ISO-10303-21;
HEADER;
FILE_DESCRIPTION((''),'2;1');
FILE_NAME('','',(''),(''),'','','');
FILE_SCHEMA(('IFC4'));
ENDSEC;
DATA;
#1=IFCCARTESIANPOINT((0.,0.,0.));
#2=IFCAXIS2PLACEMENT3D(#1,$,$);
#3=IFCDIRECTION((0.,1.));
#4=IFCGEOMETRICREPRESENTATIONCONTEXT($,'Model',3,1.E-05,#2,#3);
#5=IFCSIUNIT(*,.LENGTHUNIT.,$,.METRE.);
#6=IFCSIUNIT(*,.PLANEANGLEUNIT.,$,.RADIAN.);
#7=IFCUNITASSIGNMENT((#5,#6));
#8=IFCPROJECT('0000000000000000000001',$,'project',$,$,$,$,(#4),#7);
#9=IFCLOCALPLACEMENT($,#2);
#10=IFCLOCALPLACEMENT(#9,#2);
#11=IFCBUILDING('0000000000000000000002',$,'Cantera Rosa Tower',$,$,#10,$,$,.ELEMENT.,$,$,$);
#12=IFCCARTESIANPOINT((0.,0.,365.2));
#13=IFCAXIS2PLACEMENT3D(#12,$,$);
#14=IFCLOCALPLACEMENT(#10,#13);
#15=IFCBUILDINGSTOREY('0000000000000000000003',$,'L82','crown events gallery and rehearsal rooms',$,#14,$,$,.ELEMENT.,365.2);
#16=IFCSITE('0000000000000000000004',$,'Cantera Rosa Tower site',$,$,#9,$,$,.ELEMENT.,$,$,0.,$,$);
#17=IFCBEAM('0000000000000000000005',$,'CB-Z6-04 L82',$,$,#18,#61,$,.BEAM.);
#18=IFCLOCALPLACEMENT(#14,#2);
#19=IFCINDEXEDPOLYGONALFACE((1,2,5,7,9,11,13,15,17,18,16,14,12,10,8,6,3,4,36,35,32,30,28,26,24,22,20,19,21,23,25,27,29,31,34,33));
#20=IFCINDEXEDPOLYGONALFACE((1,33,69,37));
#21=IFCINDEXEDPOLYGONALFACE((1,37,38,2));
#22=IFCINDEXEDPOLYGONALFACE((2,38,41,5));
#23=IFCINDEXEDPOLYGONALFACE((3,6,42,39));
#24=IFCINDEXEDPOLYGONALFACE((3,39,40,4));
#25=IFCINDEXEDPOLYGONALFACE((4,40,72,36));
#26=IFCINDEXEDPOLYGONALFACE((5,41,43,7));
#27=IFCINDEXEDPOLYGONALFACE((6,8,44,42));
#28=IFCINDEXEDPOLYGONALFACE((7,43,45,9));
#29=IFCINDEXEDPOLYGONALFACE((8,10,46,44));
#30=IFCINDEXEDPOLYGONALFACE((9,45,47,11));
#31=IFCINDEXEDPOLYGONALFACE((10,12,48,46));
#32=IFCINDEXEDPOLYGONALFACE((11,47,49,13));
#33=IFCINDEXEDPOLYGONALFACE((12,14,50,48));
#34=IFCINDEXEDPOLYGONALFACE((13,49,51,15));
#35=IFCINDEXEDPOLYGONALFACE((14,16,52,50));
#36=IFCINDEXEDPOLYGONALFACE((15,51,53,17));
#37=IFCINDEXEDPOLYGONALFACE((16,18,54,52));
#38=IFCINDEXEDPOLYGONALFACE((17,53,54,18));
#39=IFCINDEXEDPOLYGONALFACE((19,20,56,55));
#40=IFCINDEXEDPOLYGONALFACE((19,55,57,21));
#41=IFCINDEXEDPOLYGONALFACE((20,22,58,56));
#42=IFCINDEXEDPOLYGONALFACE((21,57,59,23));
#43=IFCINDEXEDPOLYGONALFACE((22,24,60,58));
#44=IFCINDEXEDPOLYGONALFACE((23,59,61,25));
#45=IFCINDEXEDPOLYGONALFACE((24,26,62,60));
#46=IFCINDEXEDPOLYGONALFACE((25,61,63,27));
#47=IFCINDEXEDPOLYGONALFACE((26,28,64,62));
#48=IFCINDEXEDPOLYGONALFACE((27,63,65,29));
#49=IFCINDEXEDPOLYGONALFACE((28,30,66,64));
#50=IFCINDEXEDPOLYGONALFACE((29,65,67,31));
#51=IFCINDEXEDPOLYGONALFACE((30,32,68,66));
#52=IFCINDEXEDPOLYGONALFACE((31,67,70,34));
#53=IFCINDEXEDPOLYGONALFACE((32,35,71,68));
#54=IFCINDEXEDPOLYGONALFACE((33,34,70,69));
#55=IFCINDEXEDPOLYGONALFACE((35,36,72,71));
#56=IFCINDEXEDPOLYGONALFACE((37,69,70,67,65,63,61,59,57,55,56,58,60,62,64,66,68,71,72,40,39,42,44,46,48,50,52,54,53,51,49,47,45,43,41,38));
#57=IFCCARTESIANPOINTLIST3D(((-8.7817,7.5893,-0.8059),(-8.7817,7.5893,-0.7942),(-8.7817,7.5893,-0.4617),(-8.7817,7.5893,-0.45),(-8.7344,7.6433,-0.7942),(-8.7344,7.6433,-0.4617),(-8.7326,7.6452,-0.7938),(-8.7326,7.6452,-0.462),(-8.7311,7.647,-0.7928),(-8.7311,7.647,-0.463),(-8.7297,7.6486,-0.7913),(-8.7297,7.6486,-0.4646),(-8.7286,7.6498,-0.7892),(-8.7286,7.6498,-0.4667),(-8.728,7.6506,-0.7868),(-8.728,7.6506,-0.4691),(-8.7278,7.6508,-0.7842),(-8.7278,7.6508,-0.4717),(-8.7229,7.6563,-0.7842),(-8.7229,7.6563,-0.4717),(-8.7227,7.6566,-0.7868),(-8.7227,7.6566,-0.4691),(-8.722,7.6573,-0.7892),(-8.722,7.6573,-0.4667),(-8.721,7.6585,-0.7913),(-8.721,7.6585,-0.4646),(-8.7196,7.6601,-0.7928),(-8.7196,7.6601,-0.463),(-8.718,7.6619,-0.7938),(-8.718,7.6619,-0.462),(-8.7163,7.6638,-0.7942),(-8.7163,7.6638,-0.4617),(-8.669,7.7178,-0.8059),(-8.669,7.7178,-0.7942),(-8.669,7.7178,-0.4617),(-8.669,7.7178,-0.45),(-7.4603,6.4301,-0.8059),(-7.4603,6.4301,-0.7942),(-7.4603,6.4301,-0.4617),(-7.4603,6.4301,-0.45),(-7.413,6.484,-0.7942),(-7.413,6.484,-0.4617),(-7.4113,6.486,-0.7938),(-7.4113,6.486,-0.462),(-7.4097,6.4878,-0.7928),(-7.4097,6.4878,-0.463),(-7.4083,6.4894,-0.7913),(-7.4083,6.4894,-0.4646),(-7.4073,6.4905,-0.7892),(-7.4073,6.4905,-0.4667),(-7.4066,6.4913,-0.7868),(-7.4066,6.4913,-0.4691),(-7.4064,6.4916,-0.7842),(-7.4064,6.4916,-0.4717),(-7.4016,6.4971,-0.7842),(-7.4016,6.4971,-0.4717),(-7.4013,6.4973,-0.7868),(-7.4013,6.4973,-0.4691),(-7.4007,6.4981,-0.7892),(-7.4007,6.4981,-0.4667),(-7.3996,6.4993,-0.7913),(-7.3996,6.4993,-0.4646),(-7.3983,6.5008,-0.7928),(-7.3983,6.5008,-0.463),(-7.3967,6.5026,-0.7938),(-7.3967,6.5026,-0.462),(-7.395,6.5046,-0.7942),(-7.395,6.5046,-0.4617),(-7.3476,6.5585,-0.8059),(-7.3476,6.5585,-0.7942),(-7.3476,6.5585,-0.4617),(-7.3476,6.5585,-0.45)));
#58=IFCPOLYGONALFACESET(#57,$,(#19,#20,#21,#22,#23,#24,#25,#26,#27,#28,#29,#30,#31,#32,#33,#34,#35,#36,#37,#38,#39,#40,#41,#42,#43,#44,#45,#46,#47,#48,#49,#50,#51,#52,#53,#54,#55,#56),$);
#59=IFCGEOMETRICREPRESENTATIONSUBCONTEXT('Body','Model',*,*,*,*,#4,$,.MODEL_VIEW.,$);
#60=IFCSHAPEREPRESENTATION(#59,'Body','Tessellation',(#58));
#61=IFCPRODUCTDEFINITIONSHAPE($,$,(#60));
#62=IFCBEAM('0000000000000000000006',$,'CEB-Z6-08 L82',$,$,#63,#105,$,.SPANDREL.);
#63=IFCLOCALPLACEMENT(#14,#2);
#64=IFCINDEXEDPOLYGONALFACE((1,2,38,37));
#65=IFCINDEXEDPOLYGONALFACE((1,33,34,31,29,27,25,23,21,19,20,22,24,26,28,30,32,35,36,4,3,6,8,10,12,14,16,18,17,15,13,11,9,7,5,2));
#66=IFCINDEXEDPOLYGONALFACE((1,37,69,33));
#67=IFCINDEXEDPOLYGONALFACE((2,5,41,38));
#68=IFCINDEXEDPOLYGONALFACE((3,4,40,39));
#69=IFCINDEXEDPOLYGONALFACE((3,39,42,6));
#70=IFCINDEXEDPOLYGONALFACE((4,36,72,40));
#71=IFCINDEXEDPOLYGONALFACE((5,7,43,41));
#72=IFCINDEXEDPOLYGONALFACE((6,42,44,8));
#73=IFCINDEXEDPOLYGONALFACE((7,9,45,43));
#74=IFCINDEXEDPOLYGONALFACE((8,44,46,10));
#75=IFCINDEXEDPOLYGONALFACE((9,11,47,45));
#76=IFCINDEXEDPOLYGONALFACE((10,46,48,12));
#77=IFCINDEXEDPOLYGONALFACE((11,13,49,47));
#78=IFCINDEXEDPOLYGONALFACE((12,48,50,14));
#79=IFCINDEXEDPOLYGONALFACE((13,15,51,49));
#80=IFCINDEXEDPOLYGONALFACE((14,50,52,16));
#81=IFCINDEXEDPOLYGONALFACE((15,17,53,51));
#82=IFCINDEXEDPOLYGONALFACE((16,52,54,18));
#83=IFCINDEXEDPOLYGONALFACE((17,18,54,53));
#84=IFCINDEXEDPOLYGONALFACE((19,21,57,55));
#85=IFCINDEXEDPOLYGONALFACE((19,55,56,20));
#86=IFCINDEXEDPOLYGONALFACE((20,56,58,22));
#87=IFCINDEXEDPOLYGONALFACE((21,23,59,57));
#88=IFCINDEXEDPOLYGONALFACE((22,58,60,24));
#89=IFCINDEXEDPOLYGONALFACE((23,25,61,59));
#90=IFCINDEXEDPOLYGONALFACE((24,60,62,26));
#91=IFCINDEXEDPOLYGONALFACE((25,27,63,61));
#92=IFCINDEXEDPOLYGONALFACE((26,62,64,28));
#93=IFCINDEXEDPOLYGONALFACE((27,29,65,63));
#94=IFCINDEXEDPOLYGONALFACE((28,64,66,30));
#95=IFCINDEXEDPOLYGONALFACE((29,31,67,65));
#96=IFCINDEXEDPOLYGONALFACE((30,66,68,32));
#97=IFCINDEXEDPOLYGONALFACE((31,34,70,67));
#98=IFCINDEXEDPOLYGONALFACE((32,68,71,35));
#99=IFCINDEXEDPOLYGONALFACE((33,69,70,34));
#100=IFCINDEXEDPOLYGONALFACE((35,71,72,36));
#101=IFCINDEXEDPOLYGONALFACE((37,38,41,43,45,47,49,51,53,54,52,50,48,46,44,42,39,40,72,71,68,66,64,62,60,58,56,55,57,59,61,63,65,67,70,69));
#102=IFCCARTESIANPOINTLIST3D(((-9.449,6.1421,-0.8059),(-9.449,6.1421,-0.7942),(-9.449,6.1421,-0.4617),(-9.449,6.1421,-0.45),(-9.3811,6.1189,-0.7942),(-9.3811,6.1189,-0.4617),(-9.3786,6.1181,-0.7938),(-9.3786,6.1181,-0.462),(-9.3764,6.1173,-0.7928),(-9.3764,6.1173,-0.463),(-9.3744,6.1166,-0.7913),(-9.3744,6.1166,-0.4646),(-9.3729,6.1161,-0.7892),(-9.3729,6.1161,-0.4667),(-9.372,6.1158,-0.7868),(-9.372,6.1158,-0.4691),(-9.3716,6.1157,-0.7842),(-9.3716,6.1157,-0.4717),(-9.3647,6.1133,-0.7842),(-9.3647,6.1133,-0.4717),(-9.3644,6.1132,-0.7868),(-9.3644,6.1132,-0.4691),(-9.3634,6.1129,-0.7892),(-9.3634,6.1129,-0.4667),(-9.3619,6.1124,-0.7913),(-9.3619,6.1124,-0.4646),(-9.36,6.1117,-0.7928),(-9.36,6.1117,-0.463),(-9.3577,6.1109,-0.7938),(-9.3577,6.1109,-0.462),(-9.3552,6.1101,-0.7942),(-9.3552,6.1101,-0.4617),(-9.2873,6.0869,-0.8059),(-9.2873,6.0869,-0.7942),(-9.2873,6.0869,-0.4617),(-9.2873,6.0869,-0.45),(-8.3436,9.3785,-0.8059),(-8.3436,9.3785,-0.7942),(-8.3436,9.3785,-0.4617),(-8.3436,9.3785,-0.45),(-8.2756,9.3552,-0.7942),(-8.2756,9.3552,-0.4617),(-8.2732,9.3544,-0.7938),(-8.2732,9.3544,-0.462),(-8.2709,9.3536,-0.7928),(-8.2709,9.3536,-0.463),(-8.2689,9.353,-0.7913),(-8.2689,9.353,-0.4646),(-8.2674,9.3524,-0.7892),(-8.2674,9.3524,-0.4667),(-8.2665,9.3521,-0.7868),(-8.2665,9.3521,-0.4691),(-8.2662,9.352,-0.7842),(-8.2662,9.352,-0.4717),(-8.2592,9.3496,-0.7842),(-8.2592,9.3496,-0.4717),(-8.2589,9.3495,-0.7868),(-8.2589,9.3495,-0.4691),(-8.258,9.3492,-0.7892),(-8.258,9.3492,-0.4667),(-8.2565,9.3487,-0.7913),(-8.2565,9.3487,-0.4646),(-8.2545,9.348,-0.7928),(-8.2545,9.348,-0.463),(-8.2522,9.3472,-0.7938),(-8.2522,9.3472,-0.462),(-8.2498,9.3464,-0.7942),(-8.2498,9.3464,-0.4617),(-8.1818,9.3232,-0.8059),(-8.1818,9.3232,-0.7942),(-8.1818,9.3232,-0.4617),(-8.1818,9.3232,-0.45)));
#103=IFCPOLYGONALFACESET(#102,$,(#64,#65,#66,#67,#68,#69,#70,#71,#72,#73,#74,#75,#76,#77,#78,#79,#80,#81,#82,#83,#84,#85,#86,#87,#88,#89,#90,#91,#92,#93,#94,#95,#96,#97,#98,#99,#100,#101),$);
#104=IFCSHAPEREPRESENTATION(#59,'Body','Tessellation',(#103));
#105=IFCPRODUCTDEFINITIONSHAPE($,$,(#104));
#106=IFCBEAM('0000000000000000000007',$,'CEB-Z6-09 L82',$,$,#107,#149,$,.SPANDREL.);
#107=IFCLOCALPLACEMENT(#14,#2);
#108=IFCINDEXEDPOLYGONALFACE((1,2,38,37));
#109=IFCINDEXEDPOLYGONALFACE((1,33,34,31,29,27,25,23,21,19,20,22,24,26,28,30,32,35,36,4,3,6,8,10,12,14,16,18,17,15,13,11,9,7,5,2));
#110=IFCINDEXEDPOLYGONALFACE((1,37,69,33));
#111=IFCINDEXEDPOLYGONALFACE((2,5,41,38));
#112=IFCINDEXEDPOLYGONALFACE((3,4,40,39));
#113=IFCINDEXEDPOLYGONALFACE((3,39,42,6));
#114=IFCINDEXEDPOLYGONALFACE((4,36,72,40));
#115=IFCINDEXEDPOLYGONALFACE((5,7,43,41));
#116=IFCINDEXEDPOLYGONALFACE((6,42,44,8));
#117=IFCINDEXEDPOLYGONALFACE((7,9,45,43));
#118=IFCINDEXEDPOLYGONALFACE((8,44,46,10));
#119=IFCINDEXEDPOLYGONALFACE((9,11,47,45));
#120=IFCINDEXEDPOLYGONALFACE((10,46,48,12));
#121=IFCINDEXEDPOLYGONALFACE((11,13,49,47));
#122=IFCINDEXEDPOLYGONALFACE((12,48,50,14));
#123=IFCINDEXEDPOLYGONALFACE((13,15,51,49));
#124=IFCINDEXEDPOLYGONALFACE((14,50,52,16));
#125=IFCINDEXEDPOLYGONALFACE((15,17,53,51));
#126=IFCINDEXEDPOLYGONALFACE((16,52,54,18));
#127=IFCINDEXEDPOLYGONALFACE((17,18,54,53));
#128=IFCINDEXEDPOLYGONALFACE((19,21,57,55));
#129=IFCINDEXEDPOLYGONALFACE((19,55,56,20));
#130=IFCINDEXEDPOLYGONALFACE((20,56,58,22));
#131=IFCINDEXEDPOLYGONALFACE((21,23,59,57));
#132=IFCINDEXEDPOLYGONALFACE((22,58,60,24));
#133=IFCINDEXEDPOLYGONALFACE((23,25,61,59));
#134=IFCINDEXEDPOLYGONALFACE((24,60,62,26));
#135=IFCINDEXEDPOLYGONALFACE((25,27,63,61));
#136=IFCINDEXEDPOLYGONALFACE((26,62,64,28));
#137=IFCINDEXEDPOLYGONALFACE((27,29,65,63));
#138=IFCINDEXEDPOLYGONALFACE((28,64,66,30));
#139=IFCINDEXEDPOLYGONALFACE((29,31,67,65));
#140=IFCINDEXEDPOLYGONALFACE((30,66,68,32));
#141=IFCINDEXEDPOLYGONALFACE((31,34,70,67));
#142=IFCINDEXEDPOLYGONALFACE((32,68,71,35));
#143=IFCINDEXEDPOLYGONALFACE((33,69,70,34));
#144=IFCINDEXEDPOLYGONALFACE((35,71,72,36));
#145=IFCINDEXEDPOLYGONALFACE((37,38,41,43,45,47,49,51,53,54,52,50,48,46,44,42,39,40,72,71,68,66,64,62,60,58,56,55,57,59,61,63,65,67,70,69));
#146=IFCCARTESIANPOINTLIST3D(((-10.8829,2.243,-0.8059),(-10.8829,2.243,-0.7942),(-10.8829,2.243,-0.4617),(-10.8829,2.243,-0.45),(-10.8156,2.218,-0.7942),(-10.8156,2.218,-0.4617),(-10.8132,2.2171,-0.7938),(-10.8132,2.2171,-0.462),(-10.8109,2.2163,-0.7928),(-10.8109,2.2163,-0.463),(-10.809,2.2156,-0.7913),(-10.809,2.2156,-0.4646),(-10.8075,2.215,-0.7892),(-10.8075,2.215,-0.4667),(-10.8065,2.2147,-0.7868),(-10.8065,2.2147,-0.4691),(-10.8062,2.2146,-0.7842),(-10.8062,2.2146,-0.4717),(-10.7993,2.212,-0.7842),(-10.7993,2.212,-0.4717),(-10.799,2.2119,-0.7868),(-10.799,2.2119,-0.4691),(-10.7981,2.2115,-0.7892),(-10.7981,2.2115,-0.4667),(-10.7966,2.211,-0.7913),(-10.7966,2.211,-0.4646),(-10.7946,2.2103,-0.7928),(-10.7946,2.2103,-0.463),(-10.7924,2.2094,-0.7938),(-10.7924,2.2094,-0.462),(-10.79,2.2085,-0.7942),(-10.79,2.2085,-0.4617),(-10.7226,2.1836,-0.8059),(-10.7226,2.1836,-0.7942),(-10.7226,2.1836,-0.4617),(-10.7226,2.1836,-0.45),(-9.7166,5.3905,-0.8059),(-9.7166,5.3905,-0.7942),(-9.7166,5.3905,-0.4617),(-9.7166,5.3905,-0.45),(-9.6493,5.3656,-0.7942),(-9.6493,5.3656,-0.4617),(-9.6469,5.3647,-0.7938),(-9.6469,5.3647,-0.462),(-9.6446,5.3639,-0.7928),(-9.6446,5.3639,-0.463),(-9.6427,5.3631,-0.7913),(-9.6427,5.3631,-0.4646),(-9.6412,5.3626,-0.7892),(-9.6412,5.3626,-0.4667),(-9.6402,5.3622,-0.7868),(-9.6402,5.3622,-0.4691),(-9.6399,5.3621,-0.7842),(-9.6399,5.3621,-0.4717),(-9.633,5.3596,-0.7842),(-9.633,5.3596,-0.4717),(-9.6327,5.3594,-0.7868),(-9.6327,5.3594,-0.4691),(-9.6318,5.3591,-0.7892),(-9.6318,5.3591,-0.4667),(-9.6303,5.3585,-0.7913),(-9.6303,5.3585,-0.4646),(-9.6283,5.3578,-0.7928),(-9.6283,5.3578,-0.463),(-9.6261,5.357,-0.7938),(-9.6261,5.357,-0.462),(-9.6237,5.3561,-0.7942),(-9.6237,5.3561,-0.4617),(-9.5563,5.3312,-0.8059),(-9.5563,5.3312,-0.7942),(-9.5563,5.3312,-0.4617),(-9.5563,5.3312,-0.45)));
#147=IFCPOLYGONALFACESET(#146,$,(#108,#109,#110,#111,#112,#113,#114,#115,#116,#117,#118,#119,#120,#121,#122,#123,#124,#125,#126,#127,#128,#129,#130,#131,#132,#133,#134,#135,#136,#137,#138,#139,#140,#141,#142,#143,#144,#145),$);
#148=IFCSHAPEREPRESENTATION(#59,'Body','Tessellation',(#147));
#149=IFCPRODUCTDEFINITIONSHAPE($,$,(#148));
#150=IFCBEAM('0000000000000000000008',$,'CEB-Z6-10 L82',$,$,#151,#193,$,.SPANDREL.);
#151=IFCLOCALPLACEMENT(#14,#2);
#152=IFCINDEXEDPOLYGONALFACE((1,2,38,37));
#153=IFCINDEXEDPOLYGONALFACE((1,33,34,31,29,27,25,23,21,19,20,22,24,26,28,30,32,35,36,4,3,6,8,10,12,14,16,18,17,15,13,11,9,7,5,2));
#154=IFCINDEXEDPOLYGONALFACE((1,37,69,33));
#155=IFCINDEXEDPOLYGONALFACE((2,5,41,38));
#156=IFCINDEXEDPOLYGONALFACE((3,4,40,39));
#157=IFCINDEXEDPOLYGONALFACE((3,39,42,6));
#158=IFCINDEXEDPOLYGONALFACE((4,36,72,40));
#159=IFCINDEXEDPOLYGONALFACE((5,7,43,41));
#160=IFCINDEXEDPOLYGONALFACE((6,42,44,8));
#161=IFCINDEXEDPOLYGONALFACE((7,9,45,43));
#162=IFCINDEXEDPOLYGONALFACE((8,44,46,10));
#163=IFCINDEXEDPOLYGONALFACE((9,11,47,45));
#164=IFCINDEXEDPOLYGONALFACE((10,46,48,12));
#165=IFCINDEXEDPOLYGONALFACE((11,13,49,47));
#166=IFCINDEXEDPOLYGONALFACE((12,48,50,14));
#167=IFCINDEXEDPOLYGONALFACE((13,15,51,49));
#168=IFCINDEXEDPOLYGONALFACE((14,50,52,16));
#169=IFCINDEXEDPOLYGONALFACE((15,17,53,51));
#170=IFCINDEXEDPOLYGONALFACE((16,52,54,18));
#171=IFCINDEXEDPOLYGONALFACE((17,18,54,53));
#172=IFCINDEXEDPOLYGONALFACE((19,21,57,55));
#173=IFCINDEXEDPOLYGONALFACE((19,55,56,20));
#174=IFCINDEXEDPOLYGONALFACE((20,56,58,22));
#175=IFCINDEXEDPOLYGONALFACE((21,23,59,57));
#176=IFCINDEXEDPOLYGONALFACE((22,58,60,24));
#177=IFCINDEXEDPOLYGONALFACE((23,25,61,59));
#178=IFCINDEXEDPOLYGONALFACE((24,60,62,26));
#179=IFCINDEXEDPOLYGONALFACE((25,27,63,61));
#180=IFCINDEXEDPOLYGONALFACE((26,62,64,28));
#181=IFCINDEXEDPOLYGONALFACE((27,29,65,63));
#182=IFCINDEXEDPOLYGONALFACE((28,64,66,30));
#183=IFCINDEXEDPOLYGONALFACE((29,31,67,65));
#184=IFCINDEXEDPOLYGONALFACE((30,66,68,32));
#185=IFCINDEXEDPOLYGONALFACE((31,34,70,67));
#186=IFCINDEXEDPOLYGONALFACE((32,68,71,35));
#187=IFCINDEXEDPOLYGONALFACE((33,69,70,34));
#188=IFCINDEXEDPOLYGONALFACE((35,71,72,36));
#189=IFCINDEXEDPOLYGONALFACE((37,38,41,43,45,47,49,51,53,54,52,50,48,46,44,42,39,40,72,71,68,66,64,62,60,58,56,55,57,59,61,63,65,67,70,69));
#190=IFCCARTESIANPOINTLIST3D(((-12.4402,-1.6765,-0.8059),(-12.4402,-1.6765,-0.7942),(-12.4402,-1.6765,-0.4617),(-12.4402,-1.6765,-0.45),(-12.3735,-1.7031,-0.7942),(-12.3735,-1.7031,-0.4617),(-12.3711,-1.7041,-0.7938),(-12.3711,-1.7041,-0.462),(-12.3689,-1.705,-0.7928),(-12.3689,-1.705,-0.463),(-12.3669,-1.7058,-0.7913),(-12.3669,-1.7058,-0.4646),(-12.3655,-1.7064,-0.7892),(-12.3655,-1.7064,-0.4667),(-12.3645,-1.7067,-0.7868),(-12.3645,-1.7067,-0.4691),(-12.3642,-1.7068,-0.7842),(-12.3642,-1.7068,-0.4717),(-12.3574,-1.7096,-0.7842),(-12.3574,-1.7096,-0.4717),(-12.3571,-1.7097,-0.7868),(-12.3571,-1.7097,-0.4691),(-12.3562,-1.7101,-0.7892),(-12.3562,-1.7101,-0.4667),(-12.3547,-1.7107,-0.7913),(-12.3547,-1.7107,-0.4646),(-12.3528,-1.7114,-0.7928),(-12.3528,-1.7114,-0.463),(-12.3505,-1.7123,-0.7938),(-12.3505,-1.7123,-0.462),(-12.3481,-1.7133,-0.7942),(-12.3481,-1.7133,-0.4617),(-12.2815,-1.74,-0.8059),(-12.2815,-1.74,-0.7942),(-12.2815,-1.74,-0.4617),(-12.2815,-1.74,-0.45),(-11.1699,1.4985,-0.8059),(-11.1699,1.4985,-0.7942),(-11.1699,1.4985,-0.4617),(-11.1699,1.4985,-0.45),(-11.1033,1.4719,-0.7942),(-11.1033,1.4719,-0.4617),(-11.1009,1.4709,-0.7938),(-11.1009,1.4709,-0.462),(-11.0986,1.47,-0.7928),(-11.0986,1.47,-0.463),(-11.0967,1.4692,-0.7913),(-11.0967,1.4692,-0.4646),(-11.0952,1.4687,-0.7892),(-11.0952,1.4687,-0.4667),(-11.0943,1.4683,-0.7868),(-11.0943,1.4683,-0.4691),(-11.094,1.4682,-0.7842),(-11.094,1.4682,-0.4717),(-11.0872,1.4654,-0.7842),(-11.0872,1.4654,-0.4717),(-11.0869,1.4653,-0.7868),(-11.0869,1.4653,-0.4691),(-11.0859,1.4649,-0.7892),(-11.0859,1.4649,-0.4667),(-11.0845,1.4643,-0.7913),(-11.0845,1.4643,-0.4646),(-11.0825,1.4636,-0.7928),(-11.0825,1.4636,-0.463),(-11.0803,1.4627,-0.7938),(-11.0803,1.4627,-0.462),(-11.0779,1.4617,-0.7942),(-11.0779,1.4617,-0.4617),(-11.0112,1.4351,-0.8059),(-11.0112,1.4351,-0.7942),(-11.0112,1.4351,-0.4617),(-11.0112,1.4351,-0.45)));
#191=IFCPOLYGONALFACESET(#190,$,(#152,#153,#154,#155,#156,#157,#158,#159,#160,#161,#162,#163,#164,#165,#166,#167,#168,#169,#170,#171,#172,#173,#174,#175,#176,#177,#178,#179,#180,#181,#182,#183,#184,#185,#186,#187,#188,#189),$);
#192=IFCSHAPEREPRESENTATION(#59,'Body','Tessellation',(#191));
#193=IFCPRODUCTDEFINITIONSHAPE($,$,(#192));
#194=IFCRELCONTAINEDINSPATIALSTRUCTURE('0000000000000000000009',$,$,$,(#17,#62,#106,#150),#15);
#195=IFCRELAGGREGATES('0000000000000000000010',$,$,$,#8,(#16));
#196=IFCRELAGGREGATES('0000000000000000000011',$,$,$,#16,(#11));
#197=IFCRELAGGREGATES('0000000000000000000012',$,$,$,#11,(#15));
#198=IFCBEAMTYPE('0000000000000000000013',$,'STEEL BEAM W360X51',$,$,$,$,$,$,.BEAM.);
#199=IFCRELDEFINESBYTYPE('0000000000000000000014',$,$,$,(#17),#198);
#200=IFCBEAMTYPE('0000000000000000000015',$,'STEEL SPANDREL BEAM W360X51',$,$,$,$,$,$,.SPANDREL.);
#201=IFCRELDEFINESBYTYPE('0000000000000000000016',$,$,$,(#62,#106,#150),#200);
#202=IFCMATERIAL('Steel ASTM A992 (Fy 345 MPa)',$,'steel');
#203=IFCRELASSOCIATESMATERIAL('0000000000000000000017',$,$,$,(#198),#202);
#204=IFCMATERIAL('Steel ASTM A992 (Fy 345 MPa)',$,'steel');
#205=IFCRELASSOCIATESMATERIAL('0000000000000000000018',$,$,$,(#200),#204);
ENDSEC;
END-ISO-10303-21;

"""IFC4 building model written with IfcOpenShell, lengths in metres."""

from ifc_helpers import new_model, si_unit, direction, frame, origin, origin_2d, place, context, subcontext, project, spatial, i_section, extrude, material, material_profile, profile_set, type_object, element, save


model = new_model("IFC4")

# Units and contexts
model_context = context("Model", 3, precision=1e-05, world=origin(), true_north=direction((0.0, 1.0)))
body_context = subcontext(model_context, "Body", "Model", "MODEL_VIEW")
ifc_project = project(units=[si_unit("LENGTHUNIT", "METRE"), si_unit("PLANEANGLEUNIT", "RADIAN")], contexts=[model_context])

# Site, building, storey
site_placement = place(None, origin())
site = spatial("IfcSite", under=ifc_project, at=site_placement, Name="Cantera Rosa Tower site", CompositionType="ELEMENT", RefElevation=0.0)
building_placement = place(site_placement, origin())
building = spatial("IfcBuilding", under=site, at=building_placement, Name="Cantera Rosa Tower", CompositionType="ELEMENT")
storey_placement = place(building_placement, frame((0.0, 0.0, 365.2)))
storey = spatial("IfcBuildingStorey", under=building, at=storey_placement, Name="L82", Description="crown events gallery and rehearsal rooms", CompositionType="ELEMENT", Elevation=365.2)

# Beams
ifc_material_1 = material(Name="Steel ASTM A992 (Fy 345 MPa)", Category="steel")
ifc_material_profile_1 = material_profile(ifc_material_1, i_section(OverallWidth=0.1709, OverallDepth=0.356, WebThickness=0.0073, FlangeThickness=0.0117, FilletRadius=0.01, at=origin_2d()), Name="W360X51")
ifc_profile_set_1 = profile_set([ifc_material_profile_1], Name="Steel ASTM A992 (Fy 345 MPa)")
beam_type_1 = type_object("IfcBeamType", Name="STEEL BEAM W360X51", PredefinedType="BEAM", material=ifc_profile_set_1)
beam_1_placement = place(storey_placement, frame((-8.7253, 7.6536, -0.6279), z_axis=(0.751716, -0.659487, 0.0), x_axis=(0.659487, 0.751716, 0.0)))
element("IfcBeam", 1, at=beam_1_placement, inside=storey, type_object=beam_type_1, Name="CB-Z6-04 L82", PredefinedType="BEAM", context=body_context, shape_type="SweptSolid", body=[
    extrude(i_section(OverallWidth=0.1709, OverallDepth=0.356, WebThickness=0.0073, FlangeThickness=0.0117, FilletRadius=0.01, at=origin_2d()), origin(), (0.0, 0.0, 1.0), 1.7578),
])
ifc_material_2 = material(Name="Steel ASTM A992 (Fy 345 MPa)", Category="steel")
ifc_material_profile_2 = material_profile(ifc_material_2, i_section(OverallWidth=0.1709, OverallDepth=0.356, WebThickness=0.0073, FlangeThickness=0.0117, FilletRadius=0.01, at=origin_2d()), Name="W360X51")
ifc_profile_set_2 = profile_set([ifc_material_profile_2], Name="Steel ASTM A992 (Fy 345 MPa)")
beam_type_2 = type_object("IfcBeamType", Name="STEEL SPANDREL BEAM W360X51", PredefinedType="SPANDREL", material=ifc_profile_set_2)
beam_2_placement = place(storey_placement, frame((-8.2627, 9.3508, -0.6279), z_axis=(-0.323244, -0.946316, 0.0), x_axis=(0.946316, -0.323244, 0.0)))
element("IfcBeam", 2, at=beam_2_placement, inside=storey, type_object=beam_type_2, Name="CEB-Z6-08 L82", PredefinedType="SPANDREL", context=body_context, shape_type="SweptSolid", body=[
    extrude(i_section(OverallWidth=0.1709, OverallDepth=0.356, WebThickness=0.0073, FlangeThickness=0.0117, FilletRadius=0.01, at=origin_2d()), origin(), (0.0, 0.0, 1.0), 3.4199),
])
beam_3_placement = place(storey_placement, frame((-9.6365, 5.3608, -0.6279), z_axis=(-0.347454, -0.937697, 0.0), x_axis=(0.937697, -0.347454, 0.0)))
element("IfcBeam", 3, at=beam_3_placement, inside=storey, type_object=beam_type_2, Name="CEB-Z6-09 L82", PredefinedType="SPANDREL", context=body_context, shape_type="SweptSolid", body=[
    extrude(i_section(OverallWidth=0.1709, OverallDepth=0.356, WebThickness=0.0073, FlangeThickness=0.0117, FilletRadius=0.01, at=origin_2d()), origin(), (0.0, 0.0, 1.0), 3.3567),
])
beam_4_placement = place(storey_placement, frame((-11.0906, 1.4668, -0.6279), z_axis=(-0.371452, -0.928452, 0.0), x_axis=(0.928452, -0.371452, 0.0)))
element("IfcBeam", 4, at=beam_4_placement, inside=storey, type_object=beam_type_2, Name="CEB-Z6-10 L82", PredefinedType="SPANDREL", context=body_context, shape_type="SweptSolid", body=[
    extrude(i_section(OverallWidth=0.1709, OverallDepth=0.356, WebThickness=0.0073, FlangeThickness=0.0117, FilletRadius=0.01, at=origin_2d()), origin(), (0.0, 0.0, 1.0), 3.4197),
])

save(model, "model.ifc")
